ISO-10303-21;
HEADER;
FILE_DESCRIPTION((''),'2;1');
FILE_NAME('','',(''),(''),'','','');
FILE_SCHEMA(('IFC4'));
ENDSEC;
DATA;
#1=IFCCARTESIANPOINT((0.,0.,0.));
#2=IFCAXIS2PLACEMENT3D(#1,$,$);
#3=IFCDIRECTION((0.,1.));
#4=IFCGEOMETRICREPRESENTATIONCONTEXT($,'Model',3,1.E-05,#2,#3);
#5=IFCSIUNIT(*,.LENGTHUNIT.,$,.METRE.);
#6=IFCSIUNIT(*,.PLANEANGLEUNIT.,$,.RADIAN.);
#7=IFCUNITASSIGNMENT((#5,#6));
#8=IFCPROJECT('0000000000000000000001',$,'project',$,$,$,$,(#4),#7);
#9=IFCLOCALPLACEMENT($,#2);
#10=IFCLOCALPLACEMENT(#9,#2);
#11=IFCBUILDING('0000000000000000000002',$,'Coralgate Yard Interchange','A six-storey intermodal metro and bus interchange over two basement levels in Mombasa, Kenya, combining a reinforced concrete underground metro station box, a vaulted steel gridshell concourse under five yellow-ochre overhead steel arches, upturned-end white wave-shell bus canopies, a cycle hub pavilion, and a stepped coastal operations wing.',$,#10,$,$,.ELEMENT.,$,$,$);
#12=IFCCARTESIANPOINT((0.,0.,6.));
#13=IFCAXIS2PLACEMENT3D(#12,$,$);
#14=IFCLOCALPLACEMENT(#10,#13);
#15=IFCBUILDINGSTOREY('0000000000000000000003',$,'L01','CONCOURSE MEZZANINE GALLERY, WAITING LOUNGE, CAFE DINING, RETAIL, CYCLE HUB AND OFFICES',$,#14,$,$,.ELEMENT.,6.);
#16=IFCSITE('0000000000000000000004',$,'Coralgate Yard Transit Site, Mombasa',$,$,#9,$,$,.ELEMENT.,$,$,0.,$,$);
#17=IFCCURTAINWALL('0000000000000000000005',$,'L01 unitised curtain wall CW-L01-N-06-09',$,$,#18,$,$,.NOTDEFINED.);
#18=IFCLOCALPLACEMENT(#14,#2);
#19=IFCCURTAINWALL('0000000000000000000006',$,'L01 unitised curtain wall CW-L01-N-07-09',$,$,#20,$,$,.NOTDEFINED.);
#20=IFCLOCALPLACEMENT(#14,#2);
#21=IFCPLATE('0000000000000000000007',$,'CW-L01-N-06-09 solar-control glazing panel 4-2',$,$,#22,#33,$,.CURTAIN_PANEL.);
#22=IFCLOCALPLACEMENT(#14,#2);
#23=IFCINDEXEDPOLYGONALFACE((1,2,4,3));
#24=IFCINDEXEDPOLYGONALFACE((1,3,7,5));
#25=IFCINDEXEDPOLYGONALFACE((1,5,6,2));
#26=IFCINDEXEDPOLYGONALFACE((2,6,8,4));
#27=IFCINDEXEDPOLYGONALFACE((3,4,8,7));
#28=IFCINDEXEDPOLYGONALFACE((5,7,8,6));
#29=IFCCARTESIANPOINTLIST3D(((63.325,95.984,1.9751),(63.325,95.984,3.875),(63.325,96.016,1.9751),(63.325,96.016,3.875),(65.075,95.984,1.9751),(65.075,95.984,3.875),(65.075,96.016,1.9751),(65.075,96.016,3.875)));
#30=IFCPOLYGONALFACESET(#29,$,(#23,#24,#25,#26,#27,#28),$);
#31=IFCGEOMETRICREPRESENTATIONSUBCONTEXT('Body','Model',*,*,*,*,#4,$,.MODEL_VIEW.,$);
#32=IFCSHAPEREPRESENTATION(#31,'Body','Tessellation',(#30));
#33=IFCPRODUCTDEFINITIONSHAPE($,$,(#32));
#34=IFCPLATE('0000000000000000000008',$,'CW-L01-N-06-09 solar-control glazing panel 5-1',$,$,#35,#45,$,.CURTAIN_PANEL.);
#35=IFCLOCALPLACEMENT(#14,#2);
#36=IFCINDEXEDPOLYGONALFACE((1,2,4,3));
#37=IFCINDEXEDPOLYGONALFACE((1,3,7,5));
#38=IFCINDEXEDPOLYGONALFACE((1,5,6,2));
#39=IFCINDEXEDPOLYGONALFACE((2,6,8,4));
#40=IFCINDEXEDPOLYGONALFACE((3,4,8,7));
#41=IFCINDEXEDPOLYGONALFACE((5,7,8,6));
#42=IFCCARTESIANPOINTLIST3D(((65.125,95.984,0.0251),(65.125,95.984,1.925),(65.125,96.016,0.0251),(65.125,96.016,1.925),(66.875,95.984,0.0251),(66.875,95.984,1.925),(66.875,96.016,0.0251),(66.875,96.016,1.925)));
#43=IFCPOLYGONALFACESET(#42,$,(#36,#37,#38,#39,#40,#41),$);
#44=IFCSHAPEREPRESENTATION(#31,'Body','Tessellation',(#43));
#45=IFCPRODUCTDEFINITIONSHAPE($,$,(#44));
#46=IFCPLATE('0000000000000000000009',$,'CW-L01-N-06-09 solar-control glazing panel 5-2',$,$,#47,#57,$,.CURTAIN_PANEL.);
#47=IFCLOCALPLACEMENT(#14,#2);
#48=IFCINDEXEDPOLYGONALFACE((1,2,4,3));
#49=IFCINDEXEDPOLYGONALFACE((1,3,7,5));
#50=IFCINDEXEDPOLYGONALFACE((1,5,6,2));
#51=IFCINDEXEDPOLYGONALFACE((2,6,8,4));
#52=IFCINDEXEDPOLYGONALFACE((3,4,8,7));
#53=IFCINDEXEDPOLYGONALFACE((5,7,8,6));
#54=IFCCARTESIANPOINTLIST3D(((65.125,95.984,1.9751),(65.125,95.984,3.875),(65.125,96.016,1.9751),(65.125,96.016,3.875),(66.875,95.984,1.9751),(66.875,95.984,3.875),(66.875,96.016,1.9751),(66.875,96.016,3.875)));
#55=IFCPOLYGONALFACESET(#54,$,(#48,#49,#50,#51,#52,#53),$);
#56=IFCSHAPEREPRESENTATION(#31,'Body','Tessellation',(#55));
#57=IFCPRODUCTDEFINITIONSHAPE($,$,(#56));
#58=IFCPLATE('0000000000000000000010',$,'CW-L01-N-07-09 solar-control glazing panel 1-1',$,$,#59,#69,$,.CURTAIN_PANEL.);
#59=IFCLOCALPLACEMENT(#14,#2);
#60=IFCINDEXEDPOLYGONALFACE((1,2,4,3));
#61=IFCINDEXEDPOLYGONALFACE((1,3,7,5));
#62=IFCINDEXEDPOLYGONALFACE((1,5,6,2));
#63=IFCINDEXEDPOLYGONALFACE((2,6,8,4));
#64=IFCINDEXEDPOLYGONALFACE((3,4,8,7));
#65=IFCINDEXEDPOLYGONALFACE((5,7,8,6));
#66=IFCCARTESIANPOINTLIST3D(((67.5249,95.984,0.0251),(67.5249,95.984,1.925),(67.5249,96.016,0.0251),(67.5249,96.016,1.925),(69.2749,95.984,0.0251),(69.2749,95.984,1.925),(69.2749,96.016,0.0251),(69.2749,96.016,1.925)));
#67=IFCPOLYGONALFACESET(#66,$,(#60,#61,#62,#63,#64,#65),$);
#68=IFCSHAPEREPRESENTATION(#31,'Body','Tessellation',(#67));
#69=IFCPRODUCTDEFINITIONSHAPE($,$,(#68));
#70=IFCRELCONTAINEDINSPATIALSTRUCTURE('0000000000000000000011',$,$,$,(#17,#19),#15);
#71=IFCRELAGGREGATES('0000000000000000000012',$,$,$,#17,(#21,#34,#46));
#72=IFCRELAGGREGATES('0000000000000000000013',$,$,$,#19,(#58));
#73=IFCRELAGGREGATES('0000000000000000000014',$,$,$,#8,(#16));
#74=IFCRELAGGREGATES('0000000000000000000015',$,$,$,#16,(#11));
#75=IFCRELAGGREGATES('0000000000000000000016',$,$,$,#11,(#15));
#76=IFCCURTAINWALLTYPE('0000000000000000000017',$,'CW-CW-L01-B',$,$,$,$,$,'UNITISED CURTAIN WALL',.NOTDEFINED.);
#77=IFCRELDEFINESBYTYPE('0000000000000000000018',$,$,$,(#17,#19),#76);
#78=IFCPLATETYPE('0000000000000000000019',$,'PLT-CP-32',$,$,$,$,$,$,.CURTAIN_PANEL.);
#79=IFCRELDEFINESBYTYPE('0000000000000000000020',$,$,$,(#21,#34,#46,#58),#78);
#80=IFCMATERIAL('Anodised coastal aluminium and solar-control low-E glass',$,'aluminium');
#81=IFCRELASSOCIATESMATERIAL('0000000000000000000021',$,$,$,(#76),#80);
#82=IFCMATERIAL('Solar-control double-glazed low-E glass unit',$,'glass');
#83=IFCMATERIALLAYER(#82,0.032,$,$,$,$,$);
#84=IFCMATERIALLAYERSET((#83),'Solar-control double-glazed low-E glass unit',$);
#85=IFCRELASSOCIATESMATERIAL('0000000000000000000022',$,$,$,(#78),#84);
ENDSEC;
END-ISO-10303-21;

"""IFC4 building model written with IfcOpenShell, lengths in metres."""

from ifc_helpers import new_model, si_unit, direction, frame, origin, origin_2d, place, context, subcontext, project, spatial, rectangle, extrude, material, layer, layer_set, type_object, element, aggregate, save


model = new_model("IFC4")

# Units and contexts
model_context = context("Model", 3, precision=1e-05, world=origin(), true_north=direction((0.0, 1.0)))
body_context = subcontext(model_context, "Body", "Model", "MODEL_VIEW")
ifc_project = project(units=[si_unit("LENGTHUNIT", "METRE"), si_unit("PLANEANGLEUNIT", "RADIAN")], contexts=[model_context])

# Site, building, storey
site_placement = place(None, origin())
site = spatial("IfcSite", under=ifc_project, at=site_placement, Name="Coralgate Yard Transit Site, Mombasa", CompositionType="ELEMENT", RefElevation=0.0)
building_placement = place(site_placement, origin())
building = spatial("IfcBuilding", under=site, at=building_placement, Name="Coralgate Yard Interchange", Description="A six-storey intermodal metro and bus interchange over two basement levels in Mombasa, Kenya, combining a reinforced concrete underground metro station box, a vaulted steel gridshell concourse under five yellow-ochre overhead steel arches, upturned-end white wave-shell bus canopies, a cycle hub pavilion, and a stepped coastal operations wing.", CompositionType="ELEMENT")
storey_placement = place(building_placement, frame((0.0, 0.0, 6.0)))
storey = spatial("IfcBuildingStorey", under=building, at=storey_placement, Name="L01", Description="CONCOURSE MEZZANINE GALLERY, WAITING LOUNGE, CAFE DINING, RETAIL, CYCLE HUB AND OFFICES", CompositionType="ELEMENT", Elevation=6.0)

# Curtain wall
ifc_material_1 = material(Name="Anodised coastal aluminium and solar-control low-E glass", Category="aluminium")
curtain_wall_type = type_object("IfcCurtainWallType", Name="CW-CW-L01-B", ElementType="UNITISED CURTAIN WALL", PredefinedType="NOTDEFINED", material=ifc_material_1)
curtain_wall_1_placement = place(storey_placement, origin())
curtain_wall_1 = element("IfcCurtainWall", 1, at=curtain_wall_1_placement, inside=storey, type_object=curtain_wall_type, Name="L01 unitised curtain wall CW-L01-N-06-09", PredefinedType="NOTDEFINED")

# Curtain wall
curtain_wall_2_placement = place(storey_placement, origin())
curtain_wall_2 = element("IfcCurtainWall", 2, at=curtain_wall_2_placement, inside=storey, type_object=curtain_wall_type, Name="L01 unitised curtain wall CW-L01-N-07-09", PredefinedType="NOTDEFINED")

# Plates
ifc_material_2 = material(Name="Solar-control double-glazed low-E glass unit", Category="glass")
ifc_layer = layer(ifc_material_2, 0.032)
ifc_layer_set = layer_set([ifc_layer], Name="Solar-control double-glazed low-E glass unit")
plate_type = type_object("IfcPlateType", Name="PLT-CP-32", PredefinedType="CURTAIN_PANEL", material=ifc_layer_set)
plate_1_placement = place(storey_placement, frame((64.2, 96.0, 1.9751), z_axis=(0.0, 0.0, 1.0), x_axis=(1.0, 0.0, 0.0)))
plate_1 = element("IfcPlate", 3, at=plate_1_placement, type_object=plate_type, Name="CW-L01-N-06-09 solar-control glazing panel 4-2", PredefinedType="CURTAIN_PANEL", context=body_context, shape_type="SweptSolid", body=[
    extrude(rectangle(XDim=1.75, YDim=0.032, at=origin_2d()), origin(), (0.0, 0.0, 1.0), 1.8999),
])
plate_2_placement = place(storey_placement, frame((66.0, 96.0, 0.0251), z_axis=(0.0, 0.0, 1.0), x_axis=(1.0, 0.0, 0.0)))
plate_2 = element("IfcPlate", 4, at=plate_2_placement, type_object=plate_type, Name="CW-L01-N-06-09 solar-control glazing panel 5-1", PredefinedType="CURTAIN_PANEL", context=body_context, shape_type="SweptSolid", body=[
    extrude(rectangle(XDim=1.75, YDim=0.032, at=origin_2d()), origin(), (0.0, 0.0, 1.0), 1.8999),
])
plate_3_placement = place(storey_placement, frame((66.0, 96.0, 1.9751), z_axis=(0.0, 0.0, 1.0), x_axis=(1.0, 0.0, 0.0)))
plate_3 = element("IfcPlate", 5, at=plate_3_placement, type_object=plate_type, Name="CW-L01-N-06-09 solar-control glazing panel 5-2", PredefinedType="CURTAIN_PANEL", context=body_context, shape_type="SweptSolid", body=[
    extrude(rectangle(XDim=1.75, YDim=0.032, at=origin_2d()), origin(), (0.0, 0.0, 1.0), 1.8999),
])
aggregate(curtain_wall_1, [plate_1, plate_2, plate_3])
plate_4_placement = place(storey_placement, frame((68.3999, 96.0, 0.0251), z_axis=(0.0, 0.0, 1.0), x_axis=(1.0, 0.0, 0.0)))
plate_4 = element("IfcPlate", 6, at=plate_4_placement, type_object=plate_type, Name="CW-L01-N-07-09 solar-control glazing panel 1-1", PredefinedType="CURTAIN_PANEL", context=body_context, shape_type="SweptSolid", body=[
    extrude(rectangle(XDim=1.75, YDim=0.032, at=origin_2d()), origin(), (0.0, 0.0, 1.0), 1.8999),
])
aggregate(curtain_wall_2, [plate_4])

save(model, "model.ifc")
